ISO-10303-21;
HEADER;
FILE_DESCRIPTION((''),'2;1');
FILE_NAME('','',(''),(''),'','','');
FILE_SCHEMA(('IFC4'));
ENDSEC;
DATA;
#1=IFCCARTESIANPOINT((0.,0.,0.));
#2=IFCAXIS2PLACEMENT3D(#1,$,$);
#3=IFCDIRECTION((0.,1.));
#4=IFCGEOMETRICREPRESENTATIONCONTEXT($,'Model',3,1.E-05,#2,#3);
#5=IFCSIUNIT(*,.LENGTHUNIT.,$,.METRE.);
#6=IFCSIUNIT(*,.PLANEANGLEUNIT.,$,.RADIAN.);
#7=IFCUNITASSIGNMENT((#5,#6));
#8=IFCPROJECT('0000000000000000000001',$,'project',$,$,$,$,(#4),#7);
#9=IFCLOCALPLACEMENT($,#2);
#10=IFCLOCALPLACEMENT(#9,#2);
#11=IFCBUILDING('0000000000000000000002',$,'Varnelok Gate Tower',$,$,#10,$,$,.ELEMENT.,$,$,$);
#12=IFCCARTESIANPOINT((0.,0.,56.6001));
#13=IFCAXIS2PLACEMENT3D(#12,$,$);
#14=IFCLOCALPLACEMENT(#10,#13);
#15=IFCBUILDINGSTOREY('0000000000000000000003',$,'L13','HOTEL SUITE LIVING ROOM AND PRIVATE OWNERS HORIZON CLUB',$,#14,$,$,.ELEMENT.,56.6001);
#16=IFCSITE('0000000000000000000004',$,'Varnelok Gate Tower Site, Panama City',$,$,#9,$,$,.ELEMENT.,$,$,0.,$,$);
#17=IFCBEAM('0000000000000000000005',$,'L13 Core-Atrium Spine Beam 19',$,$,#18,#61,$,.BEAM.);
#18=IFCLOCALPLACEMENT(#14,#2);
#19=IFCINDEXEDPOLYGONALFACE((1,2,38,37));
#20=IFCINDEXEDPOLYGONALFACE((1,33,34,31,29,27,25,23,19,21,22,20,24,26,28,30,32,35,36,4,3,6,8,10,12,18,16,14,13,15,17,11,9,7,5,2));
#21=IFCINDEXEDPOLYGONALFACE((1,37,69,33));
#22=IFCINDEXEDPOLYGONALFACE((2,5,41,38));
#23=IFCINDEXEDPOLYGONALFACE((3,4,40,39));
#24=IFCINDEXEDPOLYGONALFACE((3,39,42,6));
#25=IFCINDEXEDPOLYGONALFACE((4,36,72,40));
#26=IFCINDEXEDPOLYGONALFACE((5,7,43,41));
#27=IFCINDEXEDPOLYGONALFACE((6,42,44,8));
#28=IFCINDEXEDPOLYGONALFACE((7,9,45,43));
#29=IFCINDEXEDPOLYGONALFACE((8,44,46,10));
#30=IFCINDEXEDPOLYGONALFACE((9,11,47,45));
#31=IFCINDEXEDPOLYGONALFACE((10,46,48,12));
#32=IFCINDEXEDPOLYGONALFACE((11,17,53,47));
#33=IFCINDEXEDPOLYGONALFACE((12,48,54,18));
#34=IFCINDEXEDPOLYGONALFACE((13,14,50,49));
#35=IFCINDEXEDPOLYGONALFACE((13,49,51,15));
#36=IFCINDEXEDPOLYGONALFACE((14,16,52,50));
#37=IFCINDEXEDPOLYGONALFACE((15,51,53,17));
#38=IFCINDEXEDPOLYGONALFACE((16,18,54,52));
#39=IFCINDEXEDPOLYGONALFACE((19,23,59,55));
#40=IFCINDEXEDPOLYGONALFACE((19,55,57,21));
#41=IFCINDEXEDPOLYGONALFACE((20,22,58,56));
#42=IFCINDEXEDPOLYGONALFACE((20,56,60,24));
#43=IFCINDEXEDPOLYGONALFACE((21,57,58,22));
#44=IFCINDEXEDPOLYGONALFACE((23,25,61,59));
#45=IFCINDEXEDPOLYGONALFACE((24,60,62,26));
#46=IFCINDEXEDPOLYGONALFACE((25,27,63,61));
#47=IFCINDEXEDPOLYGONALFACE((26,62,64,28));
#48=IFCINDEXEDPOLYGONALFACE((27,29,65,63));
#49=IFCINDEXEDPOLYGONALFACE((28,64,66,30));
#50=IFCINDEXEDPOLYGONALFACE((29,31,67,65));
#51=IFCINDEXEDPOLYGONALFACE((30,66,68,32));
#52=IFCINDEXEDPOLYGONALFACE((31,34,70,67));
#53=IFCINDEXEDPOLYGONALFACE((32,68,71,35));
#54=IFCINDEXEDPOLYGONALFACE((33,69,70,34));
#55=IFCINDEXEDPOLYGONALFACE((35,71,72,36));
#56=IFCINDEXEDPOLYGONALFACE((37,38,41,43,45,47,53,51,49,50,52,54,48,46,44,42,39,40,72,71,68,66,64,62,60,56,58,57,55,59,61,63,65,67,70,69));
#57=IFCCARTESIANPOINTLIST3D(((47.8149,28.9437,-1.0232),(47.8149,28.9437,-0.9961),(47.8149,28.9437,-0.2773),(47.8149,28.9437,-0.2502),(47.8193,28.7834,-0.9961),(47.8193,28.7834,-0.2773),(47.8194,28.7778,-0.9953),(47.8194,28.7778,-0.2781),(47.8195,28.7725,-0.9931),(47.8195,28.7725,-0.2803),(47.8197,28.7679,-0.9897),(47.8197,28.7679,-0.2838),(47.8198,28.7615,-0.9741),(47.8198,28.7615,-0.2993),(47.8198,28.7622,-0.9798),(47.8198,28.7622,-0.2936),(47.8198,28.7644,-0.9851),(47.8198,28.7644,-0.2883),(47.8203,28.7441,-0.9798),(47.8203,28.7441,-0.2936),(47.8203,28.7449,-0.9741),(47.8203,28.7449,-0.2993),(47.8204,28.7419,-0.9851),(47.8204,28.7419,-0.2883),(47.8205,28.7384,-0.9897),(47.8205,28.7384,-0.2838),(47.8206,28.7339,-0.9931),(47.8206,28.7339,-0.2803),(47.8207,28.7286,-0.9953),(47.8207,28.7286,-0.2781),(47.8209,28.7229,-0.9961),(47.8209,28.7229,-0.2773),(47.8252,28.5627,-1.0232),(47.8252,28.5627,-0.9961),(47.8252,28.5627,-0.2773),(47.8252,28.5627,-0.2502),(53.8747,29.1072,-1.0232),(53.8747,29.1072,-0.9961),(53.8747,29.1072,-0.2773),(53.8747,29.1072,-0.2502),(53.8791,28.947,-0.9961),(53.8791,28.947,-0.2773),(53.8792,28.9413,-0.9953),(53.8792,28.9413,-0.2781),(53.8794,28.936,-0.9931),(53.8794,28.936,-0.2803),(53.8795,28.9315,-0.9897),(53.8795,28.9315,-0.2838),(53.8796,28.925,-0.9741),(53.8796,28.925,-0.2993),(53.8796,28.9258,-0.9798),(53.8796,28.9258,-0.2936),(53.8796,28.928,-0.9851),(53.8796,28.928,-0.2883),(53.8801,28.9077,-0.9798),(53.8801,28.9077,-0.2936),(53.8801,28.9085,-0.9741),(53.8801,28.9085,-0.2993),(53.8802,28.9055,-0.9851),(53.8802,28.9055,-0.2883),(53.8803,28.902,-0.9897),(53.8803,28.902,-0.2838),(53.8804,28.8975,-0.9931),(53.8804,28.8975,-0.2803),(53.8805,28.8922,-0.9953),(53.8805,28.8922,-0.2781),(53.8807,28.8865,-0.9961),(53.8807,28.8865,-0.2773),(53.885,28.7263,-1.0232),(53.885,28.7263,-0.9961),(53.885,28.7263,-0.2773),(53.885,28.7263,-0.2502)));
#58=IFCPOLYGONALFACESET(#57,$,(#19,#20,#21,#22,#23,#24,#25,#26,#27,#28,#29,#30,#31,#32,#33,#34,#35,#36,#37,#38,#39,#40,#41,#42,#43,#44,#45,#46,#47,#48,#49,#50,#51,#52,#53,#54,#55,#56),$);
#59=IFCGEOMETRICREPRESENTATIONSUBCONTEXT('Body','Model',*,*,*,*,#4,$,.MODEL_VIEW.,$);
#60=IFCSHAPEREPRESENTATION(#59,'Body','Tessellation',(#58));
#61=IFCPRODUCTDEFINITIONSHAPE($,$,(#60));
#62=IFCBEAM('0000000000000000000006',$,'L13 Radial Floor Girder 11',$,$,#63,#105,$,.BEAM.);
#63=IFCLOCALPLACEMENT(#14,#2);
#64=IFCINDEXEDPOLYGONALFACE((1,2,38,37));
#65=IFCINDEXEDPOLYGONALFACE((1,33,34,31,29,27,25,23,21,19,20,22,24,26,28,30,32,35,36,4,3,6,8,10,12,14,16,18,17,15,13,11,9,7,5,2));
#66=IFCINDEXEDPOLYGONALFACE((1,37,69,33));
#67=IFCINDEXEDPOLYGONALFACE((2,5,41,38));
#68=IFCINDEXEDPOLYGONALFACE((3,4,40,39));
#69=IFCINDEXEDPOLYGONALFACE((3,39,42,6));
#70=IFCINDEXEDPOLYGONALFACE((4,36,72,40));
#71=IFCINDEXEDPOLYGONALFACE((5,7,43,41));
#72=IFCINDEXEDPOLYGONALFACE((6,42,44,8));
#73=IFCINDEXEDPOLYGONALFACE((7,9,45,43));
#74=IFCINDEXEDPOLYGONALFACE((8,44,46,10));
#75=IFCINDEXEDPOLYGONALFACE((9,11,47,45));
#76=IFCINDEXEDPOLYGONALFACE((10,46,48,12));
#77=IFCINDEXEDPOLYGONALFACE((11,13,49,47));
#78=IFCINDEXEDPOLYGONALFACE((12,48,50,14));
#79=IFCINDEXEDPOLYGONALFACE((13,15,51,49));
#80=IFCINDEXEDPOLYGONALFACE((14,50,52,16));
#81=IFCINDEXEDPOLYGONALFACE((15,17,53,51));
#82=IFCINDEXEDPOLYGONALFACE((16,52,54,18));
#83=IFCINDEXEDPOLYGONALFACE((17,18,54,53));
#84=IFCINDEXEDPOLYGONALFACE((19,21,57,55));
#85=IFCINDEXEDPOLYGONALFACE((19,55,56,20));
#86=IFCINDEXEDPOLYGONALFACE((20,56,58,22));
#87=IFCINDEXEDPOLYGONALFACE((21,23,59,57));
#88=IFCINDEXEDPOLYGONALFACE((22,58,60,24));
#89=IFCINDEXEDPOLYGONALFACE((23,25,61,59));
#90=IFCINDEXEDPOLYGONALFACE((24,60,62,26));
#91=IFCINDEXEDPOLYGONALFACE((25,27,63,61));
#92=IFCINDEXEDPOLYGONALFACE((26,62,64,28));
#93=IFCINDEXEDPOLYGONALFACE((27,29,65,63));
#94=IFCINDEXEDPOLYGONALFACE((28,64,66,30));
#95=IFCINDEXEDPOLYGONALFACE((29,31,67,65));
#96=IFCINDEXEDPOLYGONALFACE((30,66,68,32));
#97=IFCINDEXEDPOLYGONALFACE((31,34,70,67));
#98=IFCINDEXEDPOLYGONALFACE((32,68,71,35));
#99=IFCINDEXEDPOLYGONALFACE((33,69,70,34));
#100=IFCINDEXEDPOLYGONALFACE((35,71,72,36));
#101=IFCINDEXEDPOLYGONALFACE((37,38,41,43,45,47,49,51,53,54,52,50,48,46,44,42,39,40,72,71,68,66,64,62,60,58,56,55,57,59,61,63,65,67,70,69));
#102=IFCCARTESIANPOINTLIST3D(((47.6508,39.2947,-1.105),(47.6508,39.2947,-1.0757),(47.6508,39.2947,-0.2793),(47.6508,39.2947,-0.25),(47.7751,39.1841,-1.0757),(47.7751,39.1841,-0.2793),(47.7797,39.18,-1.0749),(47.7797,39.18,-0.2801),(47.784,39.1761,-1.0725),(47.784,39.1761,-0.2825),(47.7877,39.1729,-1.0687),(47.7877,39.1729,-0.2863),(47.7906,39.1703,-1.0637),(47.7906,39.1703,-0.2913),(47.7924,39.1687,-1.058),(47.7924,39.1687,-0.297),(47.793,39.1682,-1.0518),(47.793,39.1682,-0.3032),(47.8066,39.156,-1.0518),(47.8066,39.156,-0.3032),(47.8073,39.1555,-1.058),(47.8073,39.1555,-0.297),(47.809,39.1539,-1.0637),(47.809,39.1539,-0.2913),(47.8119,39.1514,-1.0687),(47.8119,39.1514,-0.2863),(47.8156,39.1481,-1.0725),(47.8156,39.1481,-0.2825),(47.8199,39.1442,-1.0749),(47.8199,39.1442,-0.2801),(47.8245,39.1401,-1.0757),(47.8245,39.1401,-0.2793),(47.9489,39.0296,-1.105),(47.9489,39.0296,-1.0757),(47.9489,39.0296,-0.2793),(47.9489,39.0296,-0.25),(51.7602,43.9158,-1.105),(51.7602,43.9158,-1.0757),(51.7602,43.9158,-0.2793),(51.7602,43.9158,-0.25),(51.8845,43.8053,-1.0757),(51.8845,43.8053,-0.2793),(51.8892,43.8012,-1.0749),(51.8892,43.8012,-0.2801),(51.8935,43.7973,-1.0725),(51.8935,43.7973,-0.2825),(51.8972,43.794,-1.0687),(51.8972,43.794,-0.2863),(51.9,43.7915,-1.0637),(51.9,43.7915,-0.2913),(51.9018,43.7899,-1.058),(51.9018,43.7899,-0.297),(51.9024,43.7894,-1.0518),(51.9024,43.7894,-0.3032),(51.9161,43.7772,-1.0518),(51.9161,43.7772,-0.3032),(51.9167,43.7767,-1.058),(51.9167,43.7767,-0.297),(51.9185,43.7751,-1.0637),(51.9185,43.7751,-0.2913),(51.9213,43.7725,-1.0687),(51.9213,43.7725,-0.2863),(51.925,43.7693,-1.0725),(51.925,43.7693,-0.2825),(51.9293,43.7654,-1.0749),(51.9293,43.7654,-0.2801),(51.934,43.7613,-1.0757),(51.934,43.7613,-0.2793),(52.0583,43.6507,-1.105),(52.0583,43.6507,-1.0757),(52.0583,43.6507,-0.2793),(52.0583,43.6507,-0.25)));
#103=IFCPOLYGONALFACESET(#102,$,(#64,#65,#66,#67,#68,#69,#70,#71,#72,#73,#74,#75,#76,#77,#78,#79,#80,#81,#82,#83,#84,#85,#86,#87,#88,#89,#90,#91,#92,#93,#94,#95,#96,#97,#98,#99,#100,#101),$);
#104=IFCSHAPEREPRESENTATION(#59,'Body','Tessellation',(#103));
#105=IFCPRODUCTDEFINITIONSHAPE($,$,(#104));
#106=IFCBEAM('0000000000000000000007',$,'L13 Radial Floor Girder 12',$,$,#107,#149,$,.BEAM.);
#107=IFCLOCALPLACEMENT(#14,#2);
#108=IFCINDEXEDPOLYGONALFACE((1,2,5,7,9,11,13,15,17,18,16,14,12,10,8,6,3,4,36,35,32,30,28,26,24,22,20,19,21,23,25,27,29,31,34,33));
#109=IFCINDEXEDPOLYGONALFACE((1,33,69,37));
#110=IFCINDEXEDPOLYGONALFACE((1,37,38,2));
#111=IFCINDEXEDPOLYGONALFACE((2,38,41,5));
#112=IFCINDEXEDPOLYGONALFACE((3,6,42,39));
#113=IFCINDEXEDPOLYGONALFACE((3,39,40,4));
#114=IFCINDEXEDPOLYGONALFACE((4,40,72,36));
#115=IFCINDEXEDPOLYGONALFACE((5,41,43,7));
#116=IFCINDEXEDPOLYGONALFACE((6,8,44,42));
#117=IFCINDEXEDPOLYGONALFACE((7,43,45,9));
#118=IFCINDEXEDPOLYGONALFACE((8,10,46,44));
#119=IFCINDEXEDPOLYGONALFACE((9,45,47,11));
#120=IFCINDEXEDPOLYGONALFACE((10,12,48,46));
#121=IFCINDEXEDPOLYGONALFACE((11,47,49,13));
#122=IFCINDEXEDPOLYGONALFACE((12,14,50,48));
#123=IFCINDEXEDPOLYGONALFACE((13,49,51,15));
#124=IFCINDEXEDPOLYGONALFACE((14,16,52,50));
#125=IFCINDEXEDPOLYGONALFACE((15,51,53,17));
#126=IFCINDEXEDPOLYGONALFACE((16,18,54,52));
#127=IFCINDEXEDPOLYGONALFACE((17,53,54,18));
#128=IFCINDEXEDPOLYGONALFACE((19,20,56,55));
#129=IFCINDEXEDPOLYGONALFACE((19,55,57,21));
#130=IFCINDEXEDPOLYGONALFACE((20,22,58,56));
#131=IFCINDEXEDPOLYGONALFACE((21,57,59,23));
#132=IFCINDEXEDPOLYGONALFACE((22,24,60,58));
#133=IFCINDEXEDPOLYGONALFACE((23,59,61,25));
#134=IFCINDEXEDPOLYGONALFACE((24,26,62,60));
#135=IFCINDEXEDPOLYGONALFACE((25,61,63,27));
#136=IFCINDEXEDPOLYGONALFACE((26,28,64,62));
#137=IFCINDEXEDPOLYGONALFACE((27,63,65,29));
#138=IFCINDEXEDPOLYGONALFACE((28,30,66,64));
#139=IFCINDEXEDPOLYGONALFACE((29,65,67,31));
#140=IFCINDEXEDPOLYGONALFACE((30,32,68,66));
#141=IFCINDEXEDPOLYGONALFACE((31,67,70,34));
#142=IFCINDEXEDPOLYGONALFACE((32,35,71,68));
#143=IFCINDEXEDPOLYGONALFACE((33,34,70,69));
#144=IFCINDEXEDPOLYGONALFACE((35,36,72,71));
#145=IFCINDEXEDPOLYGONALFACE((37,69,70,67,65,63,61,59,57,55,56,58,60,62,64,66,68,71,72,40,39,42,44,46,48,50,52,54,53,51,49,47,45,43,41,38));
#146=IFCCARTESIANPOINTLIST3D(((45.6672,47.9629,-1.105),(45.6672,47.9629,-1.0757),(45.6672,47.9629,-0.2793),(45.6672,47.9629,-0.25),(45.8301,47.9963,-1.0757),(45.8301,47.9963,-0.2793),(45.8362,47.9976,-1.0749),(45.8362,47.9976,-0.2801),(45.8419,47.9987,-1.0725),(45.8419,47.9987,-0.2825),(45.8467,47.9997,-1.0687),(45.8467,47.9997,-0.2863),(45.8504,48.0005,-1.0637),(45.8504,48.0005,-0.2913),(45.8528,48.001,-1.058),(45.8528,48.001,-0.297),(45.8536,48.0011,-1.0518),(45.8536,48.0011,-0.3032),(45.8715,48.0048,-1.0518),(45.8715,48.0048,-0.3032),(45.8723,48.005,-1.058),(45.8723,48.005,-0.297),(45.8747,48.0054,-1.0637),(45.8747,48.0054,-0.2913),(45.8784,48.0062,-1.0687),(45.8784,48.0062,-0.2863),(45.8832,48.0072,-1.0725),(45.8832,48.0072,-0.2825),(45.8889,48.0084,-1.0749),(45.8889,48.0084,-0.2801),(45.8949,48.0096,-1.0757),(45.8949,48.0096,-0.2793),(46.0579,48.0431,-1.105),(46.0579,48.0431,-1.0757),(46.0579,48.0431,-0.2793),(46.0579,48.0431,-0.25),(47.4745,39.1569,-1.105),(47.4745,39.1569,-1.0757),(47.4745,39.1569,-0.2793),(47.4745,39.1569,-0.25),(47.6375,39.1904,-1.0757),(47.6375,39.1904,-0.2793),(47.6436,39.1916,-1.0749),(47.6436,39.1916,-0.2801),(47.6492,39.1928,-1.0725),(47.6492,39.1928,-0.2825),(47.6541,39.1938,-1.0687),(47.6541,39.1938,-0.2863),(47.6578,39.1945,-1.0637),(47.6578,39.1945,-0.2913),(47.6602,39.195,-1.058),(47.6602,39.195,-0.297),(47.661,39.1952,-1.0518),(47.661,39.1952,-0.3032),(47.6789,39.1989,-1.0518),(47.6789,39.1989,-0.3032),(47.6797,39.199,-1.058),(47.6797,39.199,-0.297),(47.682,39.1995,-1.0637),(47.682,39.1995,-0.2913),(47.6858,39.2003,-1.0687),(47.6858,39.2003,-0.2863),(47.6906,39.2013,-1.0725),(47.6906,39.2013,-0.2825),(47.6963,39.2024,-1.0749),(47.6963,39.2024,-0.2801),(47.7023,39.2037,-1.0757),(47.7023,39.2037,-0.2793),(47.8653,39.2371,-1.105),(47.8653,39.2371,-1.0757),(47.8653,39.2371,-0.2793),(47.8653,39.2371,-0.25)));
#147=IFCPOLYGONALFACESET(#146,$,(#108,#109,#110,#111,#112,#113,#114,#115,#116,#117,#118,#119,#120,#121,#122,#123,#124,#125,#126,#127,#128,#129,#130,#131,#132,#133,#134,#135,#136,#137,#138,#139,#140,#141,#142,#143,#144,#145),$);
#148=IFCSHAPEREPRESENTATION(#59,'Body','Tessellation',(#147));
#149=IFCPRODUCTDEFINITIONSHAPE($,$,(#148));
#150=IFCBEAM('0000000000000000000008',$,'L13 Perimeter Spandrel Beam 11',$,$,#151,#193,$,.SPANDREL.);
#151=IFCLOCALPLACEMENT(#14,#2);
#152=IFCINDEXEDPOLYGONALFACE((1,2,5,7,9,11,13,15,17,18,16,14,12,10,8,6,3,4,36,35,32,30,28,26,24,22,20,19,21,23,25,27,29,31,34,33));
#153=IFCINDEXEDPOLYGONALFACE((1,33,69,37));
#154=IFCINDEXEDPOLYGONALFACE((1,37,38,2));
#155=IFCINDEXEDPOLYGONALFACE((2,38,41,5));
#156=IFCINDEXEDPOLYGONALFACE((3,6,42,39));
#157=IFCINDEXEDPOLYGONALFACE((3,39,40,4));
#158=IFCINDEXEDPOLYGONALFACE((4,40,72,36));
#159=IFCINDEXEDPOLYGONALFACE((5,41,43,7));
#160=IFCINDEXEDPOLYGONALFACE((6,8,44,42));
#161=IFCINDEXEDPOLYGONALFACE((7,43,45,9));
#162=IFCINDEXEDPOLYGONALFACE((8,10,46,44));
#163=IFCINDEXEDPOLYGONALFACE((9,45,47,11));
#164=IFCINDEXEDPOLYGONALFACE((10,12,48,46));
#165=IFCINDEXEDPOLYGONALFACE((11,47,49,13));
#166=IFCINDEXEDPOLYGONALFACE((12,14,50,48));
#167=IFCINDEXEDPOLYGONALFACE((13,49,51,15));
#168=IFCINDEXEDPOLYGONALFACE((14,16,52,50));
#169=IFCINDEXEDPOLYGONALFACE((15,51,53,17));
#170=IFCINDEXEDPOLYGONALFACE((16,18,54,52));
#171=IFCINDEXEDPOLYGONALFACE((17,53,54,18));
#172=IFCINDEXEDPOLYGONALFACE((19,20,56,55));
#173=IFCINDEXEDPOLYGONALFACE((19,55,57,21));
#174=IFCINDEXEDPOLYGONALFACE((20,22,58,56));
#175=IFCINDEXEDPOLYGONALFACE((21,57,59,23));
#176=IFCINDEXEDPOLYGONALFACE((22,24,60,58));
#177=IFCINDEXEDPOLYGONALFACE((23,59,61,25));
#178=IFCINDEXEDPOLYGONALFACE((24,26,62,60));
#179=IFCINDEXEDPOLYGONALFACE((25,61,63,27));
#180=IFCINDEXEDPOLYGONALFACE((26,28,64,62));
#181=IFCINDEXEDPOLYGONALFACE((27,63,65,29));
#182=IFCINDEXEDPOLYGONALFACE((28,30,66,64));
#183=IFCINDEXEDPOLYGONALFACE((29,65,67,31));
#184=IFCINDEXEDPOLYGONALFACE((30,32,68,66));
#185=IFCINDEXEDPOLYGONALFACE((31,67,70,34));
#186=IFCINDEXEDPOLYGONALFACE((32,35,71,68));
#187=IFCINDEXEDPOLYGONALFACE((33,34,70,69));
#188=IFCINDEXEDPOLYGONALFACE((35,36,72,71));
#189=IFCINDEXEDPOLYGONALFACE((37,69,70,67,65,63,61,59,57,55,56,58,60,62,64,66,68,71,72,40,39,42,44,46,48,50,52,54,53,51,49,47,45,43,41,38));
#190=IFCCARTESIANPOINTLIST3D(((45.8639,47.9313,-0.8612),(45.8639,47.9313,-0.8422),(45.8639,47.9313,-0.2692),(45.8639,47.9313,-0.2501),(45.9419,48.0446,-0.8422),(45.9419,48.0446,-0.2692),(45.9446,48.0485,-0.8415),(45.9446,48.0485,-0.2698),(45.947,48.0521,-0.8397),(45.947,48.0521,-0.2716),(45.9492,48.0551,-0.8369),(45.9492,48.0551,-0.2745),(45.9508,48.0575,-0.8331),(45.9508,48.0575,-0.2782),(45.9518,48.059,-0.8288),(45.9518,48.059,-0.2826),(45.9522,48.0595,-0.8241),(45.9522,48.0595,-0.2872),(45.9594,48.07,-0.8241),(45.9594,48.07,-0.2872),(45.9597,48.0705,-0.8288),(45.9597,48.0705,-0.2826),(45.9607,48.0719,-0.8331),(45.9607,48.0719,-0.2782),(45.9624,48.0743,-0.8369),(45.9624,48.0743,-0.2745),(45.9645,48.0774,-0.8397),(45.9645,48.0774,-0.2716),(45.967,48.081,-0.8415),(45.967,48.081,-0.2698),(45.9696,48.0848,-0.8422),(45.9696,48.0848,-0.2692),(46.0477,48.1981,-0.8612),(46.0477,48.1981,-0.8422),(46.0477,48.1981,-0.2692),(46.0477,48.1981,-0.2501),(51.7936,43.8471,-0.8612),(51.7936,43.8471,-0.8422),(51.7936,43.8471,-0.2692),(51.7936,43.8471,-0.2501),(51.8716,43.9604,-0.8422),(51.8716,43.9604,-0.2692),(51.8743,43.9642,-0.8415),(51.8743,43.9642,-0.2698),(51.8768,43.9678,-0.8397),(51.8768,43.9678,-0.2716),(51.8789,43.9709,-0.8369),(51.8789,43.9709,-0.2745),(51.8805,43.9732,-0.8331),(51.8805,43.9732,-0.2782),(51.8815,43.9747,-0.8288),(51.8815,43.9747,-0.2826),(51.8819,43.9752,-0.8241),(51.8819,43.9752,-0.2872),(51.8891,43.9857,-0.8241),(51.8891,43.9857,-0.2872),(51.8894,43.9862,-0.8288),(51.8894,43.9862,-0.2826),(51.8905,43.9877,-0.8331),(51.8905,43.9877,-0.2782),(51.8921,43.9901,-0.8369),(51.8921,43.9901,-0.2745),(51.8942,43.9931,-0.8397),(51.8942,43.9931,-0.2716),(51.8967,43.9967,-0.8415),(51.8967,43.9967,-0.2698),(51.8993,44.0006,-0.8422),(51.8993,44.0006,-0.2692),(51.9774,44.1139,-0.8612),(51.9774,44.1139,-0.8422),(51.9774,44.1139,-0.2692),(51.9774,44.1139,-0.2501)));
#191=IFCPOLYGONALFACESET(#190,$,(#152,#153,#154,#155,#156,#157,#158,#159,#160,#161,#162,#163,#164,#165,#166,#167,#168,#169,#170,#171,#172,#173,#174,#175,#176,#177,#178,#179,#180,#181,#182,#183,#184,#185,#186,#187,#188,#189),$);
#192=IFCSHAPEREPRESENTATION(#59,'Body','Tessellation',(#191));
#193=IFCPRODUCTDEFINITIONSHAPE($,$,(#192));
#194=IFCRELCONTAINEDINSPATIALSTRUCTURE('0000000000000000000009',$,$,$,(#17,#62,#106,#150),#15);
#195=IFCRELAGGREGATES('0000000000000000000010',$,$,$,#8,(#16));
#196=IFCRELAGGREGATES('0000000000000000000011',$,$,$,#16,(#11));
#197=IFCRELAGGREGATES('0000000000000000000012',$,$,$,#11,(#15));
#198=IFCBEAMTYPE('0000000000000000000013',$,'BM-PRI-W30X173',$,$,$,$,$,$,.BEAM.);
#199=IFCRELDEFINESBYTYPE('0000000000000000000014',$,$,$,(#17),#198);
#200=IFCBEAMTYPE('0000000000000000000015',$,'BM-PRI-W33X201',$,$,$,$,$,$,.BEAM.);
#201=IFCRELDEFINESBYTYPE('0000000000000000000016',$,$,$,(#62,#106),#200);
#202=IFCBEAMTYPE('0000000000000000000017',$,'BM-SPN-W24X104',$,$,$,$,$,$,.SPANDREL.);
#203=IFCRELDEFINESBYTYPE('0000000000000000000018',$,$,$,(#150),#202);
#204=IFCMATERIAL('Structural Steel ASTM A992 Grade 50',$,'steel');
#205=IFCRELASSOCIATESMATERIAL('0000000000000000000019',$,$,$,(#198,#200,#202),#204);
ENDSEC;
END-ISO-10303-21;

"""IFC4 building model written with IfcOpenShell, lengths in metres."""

from ifc_helpers import new_model, si_unit, direction, frame, origin, origin_2d, place, context, subcontext, project, spatial, i_section, extrude, material, material_profile, profile_set, type_object, element, save


model = new_model("IFC4")

# Units and contexts
model_context = context("Model", 3, precision=1e-05, world=origin(), true_north=direction((0.0, 1.0)))
body_context = subcontext(model_context, "Body", "Model", "MODEL_VIEW")
ifc_project = project(units=[si_unit("LENGTHUNIT", "METRE"), si_unit("PLANEANGLEUNIT", "RADIAN")], contexts=[model_context])

# Site, building, storey
site_placement = place(None, origin())
site = spatial("IfcSite", under=ifc_project, at=site_placement, Name="Varnelok Gate Tower Site, Panama City", CompositionType="ELEMENT", RefElevation=0.0)
building_placement = place(site_placement, origin())
building = spatial("IfcBuilding", under=site, at=building_placement, Name="Varnelok Gate Tower", CompositionType="ELEMENT")
storey_placement = place(building_placement, frame((0.0, 0.0, 56.6001)))
storey = spatial("IfcBuildingStorey", under=building, at=storey_placement, Name="L13", Description="HOTEL SUITE LIVING ROOM AND PRIVATE OWNERS HORIZON CLUB", CompositionType="ELEMENT", Elevation=56.6001)

# Shared definitions
ifc_material_1 = material(Name="Structural Steel ASTM A992 Grade 50", Category="steel")

# Beams
ifc_material_profile_1 = material_profile(ifc_material_1, i_section(OverallWidth=0.3811, OverallDepth=0.7729, WebThickness=0.0166, FlangeThickness=0.0271, FilletRadius=0.022, at=origin_2d()), Name="W30X173")
ifc_profile_set_1 = profile_set([ifc_material_profile_1], Name="Structural Steel ASTM A992 Grade 50")
beam_type_1 = type_object("IfcBeamType", Name="BM-PRI-W30X173", PredefinedType="BEAM", material=ifc_profile_set_1)
beam_1_placement = place(storey_placement, frame((47.8201, 28.7532, -0.6367), z_axis=(0.999636, 0.026983, 0.0), x_axis=(-0.026983, 0.999636, 0.0)))
element("IfcBeam", 1, at=beam_1_placement, inside=storey, type_object=beam_type_1, Name="L13 Core-Atrium Spine Beam 19", PredefinedType="BEAM", context=body_context, shape_type="SweptSolid", body=[
    extrude(i_section(OverallWidth=0.3811, OverallDepth=0.7729, WebThickness=0.0166, FlangeThickness=0.0271, FilletRadius=0.022, at=origin_2d()), origin(), (0.0, 0.0, 1.0), 6.062),
])
ifc_material_profile_2 = material_profile(ifc_material_1, i_section(OverallWidth=0.3989, OverallDepth=0.855, WebThickness=0.0183, FlangeThickness=0.0293, FilletRadius=0.0239, at=origin_2d()), Name="W33X201")
ifc_profile_set_2 = profile_set([ifc_material_profile_2], Name="Structural Steel ASTM A992 Grade 50")
beam_type_2 = type_object("IfcBeamType", Name="BM-PRI-W33X201", PredefinedType="BEAM", material=ifc_profile_set_2)
beam_2_placement = place(storey_placement, frame((47.7998, 39.1621, -0.6775), z_axis=(0.664521, 0.74727, 0.0), x_axis=(-0.74727, 0.664521, 0.0)))
element("IfcBeam", 2, at=beam_2_placement, inside=storey, type_object=beam_type_2, Name="L13 Radial Floor Girder 11", PredefinedType="BEAM", context=body_context, shape_type="SweptSolid", body=[
    extrude(i_section(OverallWidth=0.3989, OverallDepth=0.855, WebThickness=0.0183, FlangeThickness=0.0293, FilletRadius=0.0239, at=origin_2d()), origin(), (0.0, 0.0, 1.0), 6.1841),
])
beam_3_placement = place(storey_placement, frame((47.6699, 39.197, -0.6775), z_axis=(-0.201054, 0.97958, 0.0), x_axis=(-0.97958, -0.201054, 0.0)))
element("IfcBeam", 3, at=beam_3_placement, inside=storey, type_object=beam_type_2, Name="L13 Radial Floor Girder 12", PredefinedType="BEAM", context=body_context, shape_type="SweptSolid", body=[
    extrude(i_section(OverallWidth=0.3989, OverallDepth=0.855, WebThickness=0.0183, FlangeThickness=0.0293, FilletRadius=0.0239, at=origin_2d()), origin(), (0.0, 0.0, 1.0), 8.9895),
])
ifc_material_profile_3 = material_profile(ifc_material_1, i_section(OverallWidth=0.324, OverallDepth=0.6111, WebThickness=0.0127, FlangeThickness=0.019, FilletRadius=0.0181, at=origin_2d()), Name="W24X104")
ifc_profile_set_3 = profile_set([ifc_material_profile_3], Name="Structural Steel ASTM A992 Grade 50")
beam_type_3 = type_object("IfcBeamType", Name="BM-SPN-W24X104", PredefinedType="SPANDREL", material=ifc_profile_set_3)
beam_4_placement = place(storey_placement, frame((51.8855, 43.9805, -0.5557), z_axis=(-0.823551, 0.567242, 0.0), x_axis=(-0.567242, -0.823551, 0.0)))
element("IfcBeam", 4, at=beam_4_placement, inside=storey, type_object=beam_type_3, Name="L13 Perimeter Spandrel Beam 11", PredefinedType="SPANDREL", context=body_context, shape_type="SweptSolid", body=[
    extrude(i_section(OverallWidth=0.324, OverallDepth=0.6111, WebThickness=0.0127, FlangeThickness=0.019, FilletRadius=0.0181, at=origin_2d()), origin(), (0.0, 0.0, 1.0), 7.2002),
])

save(model, "model.ifc")
